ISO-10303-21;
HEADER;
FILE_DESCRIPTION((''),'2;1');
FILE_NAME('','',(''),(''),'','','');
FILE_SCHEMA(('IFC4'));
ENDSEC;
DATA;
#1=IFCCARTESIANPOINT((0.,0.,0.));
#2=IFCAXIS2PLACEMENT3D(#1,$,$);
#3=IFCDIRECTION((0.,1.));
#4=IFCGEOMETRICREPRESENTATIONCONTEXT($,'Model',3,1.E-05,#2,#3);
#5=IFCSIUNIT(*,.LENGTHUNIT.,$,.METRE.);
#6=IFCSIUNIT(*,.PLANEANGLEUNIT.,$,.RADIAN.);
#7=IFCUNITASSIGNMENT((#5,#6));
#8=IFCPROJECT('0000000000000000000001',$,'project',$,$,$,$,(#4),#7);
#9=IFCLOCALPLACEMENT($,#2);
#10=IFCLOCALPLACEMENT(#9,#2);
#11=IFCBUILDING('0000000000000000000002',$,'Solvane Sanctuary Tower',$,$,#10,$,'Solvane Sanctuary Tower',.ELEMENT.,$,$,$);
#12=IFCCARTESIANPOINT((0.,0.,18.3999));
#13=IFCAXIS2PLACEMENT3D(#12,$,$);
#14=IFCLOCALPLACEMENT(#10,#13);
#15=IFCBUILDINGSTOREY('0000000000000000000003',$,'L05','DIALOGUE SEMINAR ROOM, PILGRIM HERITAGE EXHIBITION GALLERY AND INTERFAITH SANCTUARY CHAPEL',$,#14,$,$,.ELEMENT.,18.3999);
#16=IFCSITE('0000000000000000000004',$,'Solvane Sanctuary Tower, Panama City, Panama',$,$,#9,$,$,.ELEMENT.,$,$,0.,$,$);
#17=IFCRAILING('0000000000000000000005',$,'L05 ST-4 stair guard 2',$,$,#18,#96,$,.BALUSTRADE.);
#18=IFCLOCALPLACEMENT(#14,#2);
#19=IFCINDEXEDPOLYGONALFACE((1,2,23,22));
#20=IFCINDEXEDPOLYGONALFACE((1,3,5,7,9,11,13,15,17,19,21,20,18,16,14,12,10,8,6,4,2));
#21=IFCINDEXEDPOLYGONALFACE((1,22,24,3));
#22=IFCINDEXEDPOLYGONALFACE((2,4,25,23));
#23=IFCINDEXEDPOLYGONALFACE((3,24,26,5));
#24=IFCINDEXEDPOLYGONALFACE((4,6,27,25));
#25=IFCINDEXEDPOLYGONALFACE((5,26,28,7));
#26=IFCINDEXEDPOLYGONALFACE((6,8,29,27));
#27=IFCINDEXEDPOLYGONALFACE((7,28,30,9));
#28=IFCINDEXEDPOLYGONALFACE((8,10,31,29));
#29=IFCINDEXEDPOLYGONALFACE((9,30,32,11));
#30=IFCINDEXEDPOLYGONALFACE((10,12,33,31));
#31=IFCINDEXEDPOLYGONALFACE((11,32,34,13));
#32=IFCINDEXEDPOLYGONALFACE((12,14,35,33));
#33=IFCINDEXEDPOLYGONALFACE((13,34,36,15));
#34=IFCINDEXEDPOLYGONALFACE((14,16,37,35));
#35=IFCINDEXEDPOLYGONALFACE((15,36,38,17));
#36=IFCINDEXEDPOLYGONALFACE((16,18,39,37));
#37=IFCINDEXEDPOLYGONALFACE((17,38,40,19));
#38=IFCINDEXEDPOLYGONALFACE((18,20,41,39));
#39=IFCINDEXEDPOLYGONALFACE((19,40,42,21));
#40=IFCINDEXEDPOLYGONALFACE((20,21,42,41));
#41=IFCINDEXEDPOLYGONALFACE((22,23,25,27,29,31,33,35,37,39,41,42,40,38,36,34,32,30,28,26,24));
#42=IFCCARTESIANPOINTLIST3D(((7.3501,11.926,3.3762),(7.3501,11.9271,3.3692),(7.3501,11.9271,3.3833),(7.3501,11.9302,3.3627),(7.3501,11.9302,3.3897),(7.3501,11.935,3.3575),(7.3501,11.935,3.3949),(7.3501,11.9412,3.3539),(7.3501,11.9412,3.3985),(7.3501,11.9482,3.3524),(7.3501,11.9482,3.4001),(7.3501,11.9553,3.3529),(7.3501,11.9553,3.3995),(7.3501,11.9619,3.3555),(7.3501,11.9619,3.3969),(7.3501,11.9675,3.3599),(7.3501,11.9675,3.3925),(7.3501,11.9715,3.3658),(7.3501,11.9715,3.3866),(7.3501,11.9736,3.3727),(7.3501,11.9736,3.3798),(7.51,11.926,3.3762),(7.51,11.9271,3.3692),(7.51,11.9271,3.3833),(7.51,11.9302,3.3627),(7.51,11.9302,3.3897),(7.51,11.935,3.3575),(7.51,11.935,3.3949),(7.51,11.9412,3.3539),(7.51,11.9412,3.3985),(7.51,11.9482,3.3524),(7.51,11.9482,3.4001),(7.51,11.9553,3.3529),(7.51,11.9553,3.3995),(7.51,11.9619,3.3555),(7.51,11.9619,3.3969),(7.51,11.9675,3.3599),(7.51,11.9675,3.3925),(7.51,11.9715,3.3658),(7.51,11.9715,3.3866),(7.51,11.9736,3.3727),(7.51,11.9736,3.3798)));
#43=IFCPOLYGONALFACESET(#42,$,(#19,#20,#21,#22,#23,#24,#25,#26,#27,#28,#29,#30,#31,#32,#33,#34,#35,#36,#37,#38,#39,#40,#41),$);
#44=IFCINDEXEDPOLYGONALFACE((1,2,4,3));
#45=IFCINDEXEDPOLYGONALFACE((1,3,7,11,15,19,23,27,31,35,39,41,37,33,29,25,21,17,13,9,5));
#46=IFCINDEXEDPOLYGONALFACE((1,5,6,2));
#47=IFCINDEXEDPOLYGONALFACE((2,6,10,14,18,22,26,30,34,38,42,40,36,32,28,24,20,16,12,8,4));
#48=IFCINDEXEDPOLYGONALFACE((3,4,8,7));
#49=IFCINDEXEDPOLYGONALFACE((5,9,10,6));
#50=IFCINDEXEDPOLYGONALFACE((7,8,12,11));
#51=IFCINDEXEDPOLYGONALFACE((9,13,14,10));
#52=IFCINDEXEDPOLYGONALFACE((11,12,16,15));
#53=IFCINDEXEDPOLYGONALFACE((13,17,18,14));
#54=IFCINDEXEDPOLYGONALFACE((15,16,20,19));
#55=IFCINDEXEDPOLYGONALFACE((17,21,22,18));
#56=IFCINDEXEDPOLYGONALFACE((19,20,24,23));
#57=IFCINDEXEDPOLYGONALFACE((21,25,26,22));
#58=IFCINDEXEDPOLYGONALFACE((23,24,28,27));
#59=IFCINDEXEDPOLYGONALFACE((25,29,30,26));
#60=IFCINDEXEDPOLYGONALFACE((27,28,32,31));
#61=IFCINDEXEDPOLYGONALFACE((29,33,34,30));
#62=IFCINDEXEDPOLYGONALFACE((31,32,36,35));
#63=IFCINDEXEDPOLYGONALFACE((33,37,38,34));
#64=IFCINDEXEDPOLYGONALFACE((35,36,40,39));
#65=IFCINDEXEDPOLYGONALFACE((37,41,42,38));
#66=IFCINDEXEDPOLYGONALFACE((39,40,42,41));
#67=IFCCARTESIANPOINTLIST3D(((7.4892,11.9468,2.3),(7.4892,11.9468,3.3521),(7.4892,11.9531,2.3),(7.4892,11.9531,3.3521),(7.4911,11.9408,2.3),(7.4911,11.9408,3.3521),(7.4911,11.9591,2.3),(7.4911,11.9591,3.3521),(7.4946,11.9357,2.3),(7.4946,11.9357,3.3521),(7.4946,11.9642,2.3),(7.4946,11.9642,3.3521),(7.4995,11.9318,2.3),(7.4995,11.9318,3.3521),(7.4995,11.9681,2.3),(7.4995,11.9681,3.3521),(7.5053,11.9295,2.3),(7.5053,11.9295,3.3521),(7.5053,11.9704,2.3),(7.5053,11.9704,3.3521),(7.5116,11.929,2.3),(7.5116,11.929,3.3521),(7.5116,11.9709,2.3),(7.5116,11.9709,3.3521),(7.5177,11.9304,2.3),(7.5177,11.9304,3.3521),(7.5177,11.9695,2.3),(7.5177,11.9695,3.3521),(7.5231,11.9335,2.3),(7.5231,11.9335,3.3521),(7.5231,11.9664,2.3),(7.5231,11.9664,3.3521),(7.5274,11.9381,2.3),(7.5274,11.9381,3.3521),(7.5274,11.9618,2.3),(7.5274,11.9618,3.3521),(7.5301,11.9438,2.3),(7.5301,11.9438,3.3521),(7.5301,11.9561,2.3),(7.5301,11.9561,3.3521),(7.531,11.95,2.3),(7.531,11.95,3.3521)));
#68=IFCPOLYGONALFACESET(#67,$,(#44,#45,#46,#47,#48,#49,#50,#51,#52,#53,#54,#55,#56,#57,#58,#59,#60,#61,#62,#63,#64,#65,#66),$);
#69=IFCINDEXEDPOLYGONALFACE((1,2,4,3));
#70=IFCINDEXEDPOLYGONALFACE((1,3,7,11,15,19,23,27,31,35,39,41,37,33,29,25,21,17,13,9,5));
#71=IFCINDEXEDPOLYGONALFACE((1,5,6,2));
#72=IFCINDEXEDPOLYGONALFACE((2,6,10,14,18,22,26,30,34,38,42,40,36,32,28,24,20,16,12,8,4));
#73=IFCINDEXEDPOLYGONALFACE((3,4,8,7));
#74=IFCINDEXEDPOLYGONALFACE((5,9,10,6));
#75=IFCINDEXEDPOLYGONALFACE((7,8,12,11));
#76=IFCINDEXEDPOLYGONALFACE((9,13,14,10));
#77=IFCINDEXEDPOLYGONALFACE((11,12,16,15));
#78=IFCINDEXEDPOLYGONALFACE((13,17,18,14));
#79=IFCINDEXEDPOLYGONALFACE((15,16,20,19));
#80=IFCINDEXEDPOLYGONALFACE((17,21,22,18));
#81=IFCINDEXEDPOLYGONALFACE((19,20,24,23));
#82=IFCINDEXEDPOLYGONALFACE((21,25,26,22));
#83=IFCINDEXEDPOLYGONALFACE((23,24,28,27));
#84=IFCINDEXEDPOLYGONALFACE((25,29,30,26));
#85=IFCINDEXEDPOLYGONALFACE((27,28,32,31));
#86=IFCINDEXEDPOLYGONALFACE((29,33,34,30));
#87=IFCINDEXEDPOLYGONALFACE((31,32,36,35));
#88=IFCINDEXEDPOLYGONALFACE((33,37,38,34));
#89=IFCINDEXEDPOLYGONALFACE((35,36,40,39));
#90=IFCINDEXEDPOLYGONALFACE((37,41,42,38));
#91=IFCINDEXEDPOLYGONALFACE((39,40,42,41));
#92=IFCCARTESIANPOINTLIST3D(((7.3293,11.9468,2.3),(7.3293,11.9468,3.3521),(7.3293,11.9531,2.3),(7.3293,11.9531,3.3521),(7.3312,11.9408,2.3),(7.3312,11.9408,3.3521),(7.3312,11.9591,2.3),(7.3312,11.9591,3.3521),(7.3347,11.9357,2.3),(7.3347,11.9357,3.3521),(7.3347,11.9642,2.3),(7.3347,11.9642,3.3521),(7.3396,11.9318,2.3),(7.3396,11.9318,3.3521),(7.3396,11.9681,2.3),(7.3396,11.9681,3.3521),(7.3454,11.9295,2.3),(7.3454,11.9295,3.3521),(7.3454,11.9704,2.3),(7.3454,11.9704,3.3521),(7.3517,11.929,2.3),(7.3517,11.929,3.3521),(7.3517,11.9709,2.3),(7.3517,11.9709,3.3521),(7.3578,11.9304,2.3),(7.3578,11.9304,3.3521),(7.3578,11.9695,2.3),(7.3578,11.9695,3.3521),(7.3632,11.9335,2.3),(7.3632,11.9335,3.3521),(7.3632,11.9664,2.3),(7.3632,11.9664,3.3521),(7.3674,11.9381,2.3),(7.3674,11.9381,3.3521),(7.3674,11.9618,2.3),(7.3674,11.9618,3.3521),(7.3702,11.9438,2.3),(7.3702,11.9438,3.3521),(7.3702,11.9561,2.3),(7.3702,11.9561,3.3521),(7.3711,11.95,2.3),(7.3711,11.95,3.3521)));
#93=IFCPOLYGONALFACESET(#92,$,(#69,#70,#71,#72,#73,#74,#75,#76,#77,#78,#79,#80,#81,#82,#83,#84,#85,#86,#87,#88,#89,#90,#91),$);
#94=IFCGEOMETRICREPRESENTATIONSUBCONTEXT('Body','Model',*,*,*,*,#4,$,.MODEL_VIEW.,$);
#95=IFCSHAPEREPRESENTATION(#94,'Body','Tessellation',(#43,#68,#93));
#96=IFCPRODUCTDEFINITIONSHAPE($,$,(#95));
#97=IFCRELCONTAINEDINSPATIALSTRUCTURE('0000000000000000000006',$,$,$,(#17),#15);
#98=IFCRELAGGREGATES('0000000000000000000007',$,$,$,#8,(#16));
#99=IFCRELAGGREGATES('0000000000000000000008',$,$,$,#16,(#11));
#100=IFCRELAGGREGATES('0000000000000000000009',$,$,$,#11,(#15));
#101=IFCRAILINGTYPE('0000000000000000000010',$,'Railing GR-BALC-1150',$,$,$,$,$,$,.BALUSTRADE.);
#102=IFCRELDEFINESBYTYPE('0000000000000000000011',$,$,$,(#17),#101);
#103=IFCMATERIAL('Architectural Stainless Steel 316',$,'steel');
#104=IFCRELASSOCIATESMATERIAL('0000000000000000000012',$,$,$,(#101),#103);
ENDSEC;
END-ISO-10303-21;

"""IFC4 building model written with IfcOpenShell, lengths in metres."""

from ifc_helpers import new_model, si_unit, direction, frame, origin, origin_2d, place, context, subcontext, project, spatial, circle, extrude, material, type_object, element, save


model = new_model("IFC4")

# Units and contexts
model_context = context("Model", 3, precision=1e-05, world=origin(), true_north=direction((0.0, 1.0)))
body_context = subcontext(model_context, "Body", "Model", "MODEL_VIEW")
ifc_project = project(units=[si_unit("LENGTHUNIT", "METRE"), si_unit("PLANEANGLEUNIT", "RADIAN")], contexts=[model_context])

# Site, building, storey
site_placement = place(None, origin())
site = spatial("IfcSite", under=ifc_project, at=site_placement, Name="Solvane Sanctuary Tower, Panama City, Panama", CompositionType="ELEMENT", RefElevation=0.0)
building_placement = place(site_placement, origin())
building = spatial("IfcBuilding", under=site, at=building_placement, Name="Solvane Sanctuary Tower", LongName="Solvane Sanctuary Tower", CompositionType="ELEMENT")
storey_placement = place(building_placement, frame((0.0, 0.0, 18.3999)))
storey = spatial("IfcBuildingStorey", under=building, at=storey_placement, Name="L05", Description="DIALOGUE SEMINAR ROOM, PILGRIM HERITAGE EXHIBITION GALLERY AND INTERFAITH SANCTUARY CHAPEL", CompositionType="ELEMENT", Elevation=18.3999)

# Shared definitions
ifc_material_1 = material(Name="Architectural Stainless Steel 316", Category="steel")

# Railing
railing_type_1 = type_object("IfcRailingType", Name="Railing GR-BALC-1150", PredefinedType="BALUSTRADE", material=ifc_material_1)
railing_1_placement = place(storey_placement, frame((7.51, 11.95, 2.3)))
element("IfcRailing", 1, at=railing_1_placement, inside=storey, type_object=railing_type_1, Name="L05 ST-4 stair guard 2", PredefinedType="BALUSTRADE", context=body_context, shape_type="SweptSolid", body=[
    extrude(circle(Radius=0.0239, at=origin_2d()), frame((0.0, 0.0, 1.0762), z_axis=(-1.0, 0.0, 0.0), x_axis=(0.0, -1.0, 0.0)), (0.0, 0.0, 1.0), 0.1599),
    extrude(circle(Radius=0.021, at=origin_2d()), origin(), (0.0, 0.0, 1.0), 1.052),
    extrude(circle(Radius=0.021, at=origin_2d()), frame((-0.1599, 0.0, 0.0)), (0.0, 0.0, 1.0), 1.052),
])

save(model, "model.ifc")
